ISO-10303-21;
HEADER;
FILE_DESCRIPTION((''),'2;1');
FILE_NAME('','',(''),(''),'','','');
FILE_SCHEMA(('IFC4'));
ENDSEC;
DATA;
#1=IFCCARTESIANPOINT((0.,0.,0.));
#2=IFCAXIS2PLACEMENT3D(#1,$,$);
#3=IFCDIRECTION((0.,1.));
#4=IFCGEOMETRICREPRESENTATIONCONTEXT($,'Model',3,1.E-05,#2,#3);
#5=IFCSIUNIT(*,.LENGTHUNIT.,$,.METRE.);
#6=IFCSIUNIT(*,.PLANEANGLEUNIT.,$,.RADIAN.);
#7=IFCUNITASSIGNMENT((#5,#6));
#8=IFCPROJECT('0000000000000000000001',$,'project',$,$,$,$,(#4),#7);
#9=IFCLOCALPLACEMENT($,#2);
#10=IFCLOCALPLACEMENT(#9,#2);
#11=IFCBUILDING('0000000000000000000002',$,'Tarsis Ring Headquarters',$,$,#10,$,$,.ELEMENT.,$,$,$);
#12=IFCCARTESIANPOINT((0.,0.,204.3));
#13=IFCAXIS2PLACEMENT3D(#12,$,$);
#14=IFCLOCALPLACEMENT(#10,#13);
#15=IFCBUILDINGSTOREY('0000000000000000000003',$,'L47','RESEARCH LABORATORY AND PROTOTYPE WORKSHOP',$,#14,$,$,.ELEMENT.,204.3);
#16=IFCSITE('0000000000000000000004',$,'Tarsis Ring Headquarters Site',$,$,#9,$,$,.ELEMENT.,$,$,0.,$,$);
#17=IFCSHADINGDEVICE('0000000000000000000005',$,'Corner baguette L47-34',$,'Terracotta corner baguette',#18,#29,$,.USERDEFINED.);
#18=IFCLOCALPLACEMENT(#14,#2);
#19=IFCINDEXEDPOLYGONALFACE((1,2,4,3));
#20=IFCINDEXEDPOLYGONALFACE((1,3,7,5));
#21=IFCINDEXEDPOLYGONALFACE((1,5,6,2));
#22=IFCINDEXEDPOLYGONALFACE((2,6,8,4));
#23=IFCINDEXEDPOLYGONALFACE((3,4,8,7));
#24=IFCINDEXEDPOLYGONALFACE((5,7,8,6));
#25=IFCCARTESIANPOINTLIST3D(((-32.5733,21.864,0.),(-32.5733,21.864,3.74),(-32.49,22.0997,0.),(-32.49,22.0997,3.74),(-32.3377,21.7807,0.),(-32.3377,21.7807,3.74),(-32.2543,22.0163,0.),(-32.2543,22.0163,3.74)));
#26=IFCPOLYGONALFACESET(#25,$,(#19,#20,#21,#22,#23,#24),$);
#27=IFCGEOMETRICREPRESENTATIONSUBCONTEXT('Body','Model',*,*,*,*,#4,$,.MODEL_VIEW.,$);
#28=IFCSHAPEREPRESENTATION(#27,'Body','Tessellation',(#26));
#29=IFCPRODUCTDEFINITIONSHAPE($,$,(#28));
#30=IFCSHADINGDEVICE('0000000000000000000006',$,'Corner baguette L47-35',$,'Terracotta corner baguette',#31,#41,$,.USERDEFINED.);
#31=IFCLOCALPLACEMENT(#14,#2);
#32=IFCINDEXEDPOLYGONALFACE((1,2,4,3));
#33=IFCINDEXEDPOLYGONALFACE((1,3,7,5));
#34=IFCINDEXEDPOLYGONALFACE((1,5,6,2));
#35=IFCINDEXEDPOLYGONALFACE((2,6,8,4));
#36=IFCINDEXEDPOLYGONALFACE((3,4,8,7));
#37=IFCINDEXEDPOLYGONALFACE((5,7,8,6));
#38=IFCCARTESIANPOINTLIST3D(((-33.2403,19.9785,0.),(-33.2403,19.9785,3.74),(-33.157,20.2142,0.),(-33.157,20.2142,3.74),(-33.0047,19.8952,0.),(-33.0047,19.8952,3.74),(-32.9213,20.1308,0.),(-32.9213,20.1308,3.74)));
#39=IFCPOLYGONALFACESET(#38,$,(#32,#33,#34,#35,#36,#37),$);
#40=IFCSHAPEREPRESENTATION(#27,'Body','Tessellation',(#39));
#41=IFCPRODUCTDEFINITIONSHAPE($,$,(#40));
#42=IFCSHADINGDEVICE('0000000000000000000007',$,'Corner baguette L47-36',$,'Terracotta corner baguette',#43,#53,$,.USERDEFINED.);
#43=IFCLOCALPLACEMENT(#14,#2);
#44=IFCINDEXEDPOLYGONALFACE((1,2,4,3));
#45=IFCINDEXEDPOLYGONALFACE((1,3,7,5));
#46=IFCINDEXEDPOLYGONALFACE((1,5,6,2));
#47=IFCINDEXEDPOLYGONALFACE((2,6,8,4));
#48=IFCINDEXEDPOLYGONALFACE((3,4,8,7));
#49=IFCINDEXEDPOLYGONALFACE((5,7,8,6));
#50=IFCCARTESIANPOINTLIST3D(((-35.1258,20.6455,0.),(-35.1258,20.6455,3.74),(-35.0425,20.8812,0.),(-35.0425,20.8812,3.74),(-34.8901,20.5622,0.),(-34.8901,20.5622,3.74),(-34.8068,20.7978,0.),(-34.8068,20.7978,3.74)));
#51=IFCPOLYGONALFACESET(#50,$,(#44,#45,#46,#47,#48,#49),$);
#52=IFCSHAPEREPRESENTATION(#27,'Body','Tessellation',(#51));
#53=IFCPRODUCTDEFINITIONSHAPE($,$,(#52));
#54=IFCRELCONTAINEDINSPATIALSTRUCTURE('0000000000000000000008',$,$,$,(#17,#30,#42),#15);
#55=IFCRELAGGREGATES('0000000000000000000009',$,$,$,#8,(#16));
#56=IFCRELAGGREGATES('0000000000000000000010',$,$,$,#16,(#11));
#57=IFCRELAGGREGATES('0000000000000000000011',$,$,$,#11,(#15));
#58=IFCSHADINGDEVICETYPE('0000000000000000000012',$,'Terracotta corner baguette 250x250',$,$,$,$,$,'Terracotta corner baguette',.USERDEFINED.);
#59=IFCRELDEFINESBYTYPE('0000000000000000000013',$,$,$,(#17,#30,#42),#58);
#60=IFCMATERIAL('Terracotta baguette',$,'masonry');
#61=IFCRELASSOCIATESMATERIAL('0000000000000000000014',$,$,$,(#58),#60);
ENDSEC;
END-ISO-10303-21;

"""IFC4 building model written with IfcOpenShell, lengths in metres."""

from ifc_helpers import new_model, si_unit, direction, frame, origin, origin_2d, place, context, subcontext, project, spatial, rectangle, extrude, material, type_object, element, save


model = new_model("IFC4")

# Units and contexts
model_context = context("Model", 3, precision=1e-05, world=origin(), true_north=direction((0.0, 1.0)))
body_context = subcontext(model_context, "Body", "Model", "MODEL_VIEW")
ifc_project = project(units=[si_unit("LENGTHUNIT", "METRE"), si_unit("PLANEANGLEUNIT", "RADIAN")], contexts=[model_context])

# Site, building, storey
site_placement = place(None, origin())
site = spatial("IfcSite", under=ifc_project, at=site_placement, Name="Tarsis Ring Headquarters Site", CompositionType="ELEMENT", RefElevation=0.0)
building_placement = place(site_placement, origin())
building = spatial("IfcBuilding", under=site, at=building_placement, Name="Tarsis Ring Headquarters", CompositionType="ELEMENT")
storey_placement = place(building_placement, frame((0.0, 0.0, 204.3)))
storey = spatial("IfcBuildingStorey", under=building, at=storey_placement, Name="L47", Description="RESEARCH LABORATORY AND PROTOTYPE WORKSHOP", CompositionType="ELEMENT", Elevation=204.3)

# Shading devices
ifc_material_1 = material(Name="Terracotta baguette", Category="masonry")
shading_device_type_1 = type_object("IfcShadingDeviceType", Name="Terracotta corner baguette 250x250", ElementType="Terracotta corner baguette", PredefinedType="USERDEFINED", material=ifc_material_1)
for number, where, z_axis, x_axis, name in (
    (1, (-32.4138, 21.9402, 0.0), (0.0, 0.0, 1.0), (-0.942758, 0.333478, 0.0), "Corner baguette L47-34"),
    (2, (-33.0808, 20.0547, 0.0), (0.0, 0.0, 1.0), (-0.333478, -0.942758, 0.0), "Corner baguette L47-35"),
    (3, (-34.9663, 20.7217, 0.0), (0.0, 0.0, 1.0), (-0.942758, 0.333478, 0.0), "Corner baguette L47-36"),
):
    element("IfcShadingDevice", number, at=place(storey_placement, frame(where, z_axis=z_axis, x_axis=x_axis)), inside=storey, type_object=shading_device_type_1, Name=name, ObjectType="Terracotta corner baguette", PredefinedType="USERDEFINED", context=body_context, shape_type="SweptSolid", body=[
        extrude(rectangle(XDim=0.25, YDim=0.25, at=origin_2d()), origin(), (0.0, 0.0, 1.0), 3.74),
    ])

save(model, "model.ifc")
